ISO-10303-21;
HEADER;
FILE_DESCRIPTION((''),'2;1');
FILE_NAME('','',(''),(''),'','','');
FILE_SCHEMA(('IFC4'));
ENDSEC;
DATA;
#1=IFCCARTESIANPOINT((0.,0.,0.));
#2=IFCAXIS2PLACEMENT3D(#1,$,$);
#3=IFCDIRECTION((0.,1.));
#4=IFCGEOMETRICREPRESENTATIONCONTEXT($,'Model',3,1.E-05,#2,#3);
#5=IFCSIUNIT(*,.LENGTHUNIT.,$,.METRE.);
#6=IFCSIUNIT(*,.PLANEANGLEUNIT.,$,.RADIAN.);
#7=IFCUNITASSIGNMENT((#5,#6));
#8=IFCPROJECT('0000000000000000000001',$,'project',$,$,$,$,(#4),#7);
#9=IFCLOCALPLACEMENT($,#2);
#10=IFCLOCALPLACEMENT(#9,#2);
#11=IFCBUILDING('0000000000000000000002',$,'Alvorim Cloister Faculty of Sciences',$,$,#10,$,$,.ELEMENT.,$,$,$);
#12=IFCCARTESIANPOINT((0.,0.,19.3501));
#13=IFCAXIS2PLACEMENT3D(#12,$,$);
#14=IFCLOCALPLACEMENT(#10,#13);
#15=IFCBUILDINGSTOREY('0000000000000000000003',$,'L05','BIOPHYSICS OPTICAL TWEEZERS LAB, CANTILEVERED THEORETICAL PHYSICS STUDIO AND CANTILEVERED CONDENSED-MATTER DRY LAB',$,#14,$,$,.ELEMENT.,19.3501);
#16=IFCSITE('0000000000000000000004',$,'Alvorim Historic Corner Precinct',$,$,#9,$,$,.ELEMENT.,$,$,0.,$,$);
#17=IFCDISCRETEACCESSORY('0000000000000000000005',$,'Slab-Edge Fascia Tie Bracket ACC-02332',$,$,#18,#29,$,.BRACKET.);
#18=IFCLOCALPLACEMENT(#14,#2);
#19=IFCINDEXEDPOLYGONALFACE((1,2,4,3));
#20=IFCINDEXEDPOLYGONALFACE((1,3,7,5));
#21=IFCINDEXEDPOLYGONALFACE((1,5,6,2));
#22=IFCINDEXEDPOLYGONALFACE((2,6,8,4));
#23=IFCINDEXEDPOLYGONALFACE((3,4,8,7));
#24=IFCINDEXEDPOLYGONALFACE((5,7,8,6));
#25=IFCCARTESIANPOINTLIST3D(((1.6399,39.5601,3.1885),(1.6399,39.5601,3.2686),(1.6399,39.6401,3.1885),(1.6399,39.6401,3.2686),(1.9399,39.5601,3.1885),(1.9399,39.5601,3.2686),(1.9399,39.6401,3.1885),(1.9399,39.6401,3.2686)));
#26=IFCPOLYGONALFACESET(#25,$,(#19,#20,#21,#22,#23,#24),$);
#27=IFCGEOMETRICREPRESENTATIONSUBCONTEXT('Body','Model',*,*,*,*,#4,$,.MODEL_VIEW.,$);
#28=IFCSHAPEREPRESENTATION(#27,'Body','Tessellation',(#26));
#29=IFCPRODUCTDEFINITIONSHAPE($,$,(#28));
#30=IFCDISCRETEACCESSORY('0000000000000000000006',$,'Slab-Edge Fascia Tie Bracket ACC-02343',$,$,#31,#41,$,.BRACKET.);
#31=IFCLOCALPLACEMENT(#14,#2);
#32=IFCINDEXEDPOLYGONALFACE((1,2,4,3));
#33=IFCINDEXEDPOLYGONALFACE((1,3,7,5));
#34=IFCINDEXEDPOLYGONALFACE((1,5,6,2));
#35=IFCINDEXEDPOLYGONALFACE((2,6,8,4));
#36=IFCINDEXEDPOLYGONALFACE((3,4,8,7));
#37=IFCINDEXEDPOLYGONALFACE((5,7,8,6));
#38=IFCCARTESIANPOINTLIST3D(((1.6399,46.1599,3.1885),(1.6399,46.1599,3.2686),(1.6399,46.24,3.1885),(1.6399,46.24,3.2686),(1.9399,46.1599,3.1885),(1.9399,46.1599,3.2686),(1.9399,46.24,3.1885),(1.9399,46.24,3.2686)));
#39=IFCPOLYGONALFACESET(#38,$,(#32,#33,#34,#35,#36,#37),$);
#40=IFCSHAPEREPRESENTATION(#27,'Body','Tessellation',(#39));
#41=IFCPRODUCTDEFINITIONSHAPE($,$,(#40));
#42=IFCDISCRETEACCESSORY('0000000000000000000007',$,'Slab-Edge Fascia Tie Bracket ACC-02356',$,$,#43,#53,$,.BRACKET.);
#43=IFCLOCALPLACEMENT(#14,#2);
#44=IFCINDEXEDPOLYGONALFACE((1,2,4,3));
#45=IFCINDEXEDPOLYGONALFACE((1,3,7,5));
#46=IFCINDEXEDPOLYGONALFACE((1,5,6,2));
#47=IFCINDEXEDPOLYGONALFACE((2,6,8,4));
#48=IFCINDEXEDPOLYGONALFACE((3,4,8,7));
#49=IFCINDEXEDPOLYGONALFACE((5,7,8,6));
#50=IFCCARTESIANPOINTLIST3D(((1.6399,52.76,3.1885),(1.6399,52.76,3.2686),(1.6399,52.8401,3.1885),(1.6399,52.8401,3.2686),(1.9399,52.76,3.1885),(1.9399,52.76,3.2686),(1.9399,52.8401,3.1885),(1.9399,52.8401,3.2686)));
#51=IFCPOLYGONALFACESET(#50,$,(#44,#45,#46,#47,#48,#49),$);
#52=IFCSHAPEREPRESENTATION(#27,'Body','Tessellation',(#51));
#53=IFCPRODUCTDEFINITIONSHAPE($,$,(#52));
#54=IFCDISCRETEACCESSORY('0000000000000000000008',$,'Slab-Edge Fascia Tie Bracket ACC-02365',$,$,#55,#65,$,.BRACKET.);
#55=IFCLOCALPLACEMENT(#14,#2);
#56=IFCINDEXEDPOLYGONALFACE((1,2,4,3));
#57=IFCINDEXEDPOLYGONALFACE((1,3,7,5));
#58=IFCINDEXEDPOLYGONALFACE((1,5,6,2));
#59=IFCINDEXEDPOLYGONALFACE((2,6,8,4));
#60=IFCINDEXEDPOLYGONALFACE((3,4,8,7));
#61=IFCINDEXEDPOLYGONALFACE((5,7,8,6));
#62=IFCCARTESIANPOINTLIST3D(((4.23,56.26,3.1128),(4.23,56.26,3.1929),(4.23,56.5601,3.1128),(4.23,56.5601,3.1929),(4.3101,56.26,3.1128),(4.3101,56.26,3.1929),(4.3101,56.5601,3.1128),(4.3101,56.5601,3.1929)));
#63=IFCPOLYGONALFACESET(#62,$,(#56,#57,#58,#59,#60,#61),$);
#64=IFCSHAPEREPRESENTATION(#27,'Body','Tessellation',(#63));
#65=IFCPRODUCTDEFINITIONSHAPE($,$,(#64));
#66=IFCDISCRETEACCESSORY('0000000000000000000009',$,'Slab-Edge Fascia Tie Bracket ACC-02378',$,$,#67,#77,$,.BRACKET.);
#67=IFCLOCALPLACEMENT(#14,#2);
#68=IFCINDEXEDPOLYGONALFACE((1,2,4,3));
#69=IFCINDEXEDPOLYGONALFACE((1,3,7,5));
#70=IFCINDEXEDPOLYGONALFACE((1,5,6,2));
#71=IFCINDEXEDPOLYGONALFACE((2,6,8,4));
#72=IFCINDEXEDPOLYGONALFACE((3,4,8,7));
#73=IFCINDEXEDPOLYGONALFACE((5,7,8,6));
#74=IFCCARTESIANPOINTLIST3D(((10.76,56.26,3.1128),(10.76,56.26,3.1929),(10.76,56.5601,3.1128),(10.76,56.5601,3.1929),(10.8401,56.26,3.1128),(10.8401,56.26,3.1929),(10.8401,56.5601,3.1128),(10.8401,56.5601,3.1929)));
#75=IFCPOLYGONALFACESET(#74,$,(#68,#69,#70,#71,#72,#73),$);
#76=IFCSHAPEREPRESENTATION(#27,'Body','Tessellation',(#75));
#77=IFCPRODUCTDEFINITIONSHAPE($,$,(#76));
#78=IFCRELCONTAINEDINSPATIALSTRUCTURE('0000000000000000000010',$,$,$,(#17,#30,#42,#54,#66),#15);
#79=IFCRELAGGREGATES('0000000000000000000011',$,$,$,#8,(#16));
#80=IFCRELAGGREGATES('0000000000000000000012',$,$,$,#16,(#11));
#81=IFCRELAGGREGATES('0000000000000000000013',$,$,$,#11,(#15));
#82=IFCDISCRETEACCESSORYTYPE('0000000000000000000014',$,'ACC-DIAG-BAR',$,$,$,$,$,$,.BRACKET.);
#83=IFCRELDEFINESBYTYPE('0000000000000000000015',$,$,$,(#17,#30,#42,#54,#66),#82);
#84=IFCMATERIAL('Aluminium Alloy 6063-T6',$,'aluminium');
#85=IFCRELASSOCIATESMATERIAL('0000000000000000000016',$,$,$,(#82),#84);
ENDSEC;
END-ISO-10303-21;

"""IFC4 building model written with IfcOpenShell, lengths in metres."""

from ifc_helpers import new_model, si_unit, direction, frame, origin, origin_2d, place, context, subcontext, project, spatial, rectangle, extrude, material, type_object, element, save


model = new_model("IFC4")

# Units and contexts
model_context = context("Model", 3, precision=1e-05, world=origin(), true_north=direction((0.0, 1.0)))
body_context = subcontext(model_context, "Body", "Model", "MODEL_VIEW")
ifc_project = project(units=[si_unit("LENGTHUNIT", "METRE"), si_unit("PLANEANGLEUNIT", "RADIAN")], contexts=[model_context])

# Site, building, storey
site_placement = place(None, origin())
site = spatial("IfcSite", under=ifc_project, at=site_placement, Name="Alvorim Historic Corner Precinct", CompositionType="ELEMENT", RefElevation=0.0)
building_placement = place(site_placement, origin())
building = spatial("IfcBuilding", under=site, at=building_placement, Name="Alvorim Cloister Faculty of Sciences", CompositionType="ELEMENT")
storey_placement = place(building_placement, frame((0.0, 0.0, 19.3501)))
storey = spatial("IfcBuildingStorey", under=building, at=storey_placement, Name="L05", Description="BIOPHYSICS OPTICAL TWEEZERS LAB, CANTILEVERED THEORETICAL PHYSICS STUDIO AND CANTILEVERED CONDENSED-MATTER DRY LAB", CompositionType="ELEMENT", Elevation=19.3501)

# Shared definitions
ifc_material_1 = material(Name="Aluminium Alloy 6063-T6", Category="aluminium")

# Discrete accessories
discrete_accessory_type = type_object("IfcDiscreteAccessoryType", Name="ACC-DIAG-BAR", PredefinedType="BRACKET", material=ifc_material_1)
for number, where, z_axis, x_axis, name in (
    (1, (1.9399, 39.6001, 3.2285), (-1.0, 0.0, 0.0), (0.0, -1.0, 0.0), "Slab-Edge Fascia Tie Bracket ACC-02332"),
    (2, (1.9399, 46.2, 3.2285), (-1.0, 0.0, 0.0), (0.0, -1.0, 0.0), "Slab-Edge Fascia Tie Bracket ACC-02343"),
    (3, (1.9399, 52.8, 3.2285), (-1.0, 0.0, 0.0), (0.0, -1.0, 0.0), "Slab-Edge Fascia Tie Bracket ACC-02356"),
    (4, (4.27, 56.26, 3.1528), (0.0, 1.0, 0.0), (-1.0, 0.0, 0.0), "Slab-Edge Fascia Tie Bracket ACC-02365"),
    (5, (10.8, 56.26, 3.1528), (0.0, 1.0, 0.0), (-1.0, 0.0, 0.0), "Slab-Edge Fascia Tie Bracket ACC-02378"),
):
    element("IfcDiscreteAccessory", number, at=place(storey_placement, frame(where, z_axis=z_axis, x_axis=x_axis)), inside=storey, type_object=discrete_accessory_type, Name=name, PredefinedType="BRACKET", context=body_context, shape_type="SweptSolid", body=[
        extrude(rectangle(XDim=0.0801, YDim=0.0801, at=origin_2d()), origin(), (0.0, 0.0, 1.0), 0.3),
    ])

save(model, "model.ifc")
